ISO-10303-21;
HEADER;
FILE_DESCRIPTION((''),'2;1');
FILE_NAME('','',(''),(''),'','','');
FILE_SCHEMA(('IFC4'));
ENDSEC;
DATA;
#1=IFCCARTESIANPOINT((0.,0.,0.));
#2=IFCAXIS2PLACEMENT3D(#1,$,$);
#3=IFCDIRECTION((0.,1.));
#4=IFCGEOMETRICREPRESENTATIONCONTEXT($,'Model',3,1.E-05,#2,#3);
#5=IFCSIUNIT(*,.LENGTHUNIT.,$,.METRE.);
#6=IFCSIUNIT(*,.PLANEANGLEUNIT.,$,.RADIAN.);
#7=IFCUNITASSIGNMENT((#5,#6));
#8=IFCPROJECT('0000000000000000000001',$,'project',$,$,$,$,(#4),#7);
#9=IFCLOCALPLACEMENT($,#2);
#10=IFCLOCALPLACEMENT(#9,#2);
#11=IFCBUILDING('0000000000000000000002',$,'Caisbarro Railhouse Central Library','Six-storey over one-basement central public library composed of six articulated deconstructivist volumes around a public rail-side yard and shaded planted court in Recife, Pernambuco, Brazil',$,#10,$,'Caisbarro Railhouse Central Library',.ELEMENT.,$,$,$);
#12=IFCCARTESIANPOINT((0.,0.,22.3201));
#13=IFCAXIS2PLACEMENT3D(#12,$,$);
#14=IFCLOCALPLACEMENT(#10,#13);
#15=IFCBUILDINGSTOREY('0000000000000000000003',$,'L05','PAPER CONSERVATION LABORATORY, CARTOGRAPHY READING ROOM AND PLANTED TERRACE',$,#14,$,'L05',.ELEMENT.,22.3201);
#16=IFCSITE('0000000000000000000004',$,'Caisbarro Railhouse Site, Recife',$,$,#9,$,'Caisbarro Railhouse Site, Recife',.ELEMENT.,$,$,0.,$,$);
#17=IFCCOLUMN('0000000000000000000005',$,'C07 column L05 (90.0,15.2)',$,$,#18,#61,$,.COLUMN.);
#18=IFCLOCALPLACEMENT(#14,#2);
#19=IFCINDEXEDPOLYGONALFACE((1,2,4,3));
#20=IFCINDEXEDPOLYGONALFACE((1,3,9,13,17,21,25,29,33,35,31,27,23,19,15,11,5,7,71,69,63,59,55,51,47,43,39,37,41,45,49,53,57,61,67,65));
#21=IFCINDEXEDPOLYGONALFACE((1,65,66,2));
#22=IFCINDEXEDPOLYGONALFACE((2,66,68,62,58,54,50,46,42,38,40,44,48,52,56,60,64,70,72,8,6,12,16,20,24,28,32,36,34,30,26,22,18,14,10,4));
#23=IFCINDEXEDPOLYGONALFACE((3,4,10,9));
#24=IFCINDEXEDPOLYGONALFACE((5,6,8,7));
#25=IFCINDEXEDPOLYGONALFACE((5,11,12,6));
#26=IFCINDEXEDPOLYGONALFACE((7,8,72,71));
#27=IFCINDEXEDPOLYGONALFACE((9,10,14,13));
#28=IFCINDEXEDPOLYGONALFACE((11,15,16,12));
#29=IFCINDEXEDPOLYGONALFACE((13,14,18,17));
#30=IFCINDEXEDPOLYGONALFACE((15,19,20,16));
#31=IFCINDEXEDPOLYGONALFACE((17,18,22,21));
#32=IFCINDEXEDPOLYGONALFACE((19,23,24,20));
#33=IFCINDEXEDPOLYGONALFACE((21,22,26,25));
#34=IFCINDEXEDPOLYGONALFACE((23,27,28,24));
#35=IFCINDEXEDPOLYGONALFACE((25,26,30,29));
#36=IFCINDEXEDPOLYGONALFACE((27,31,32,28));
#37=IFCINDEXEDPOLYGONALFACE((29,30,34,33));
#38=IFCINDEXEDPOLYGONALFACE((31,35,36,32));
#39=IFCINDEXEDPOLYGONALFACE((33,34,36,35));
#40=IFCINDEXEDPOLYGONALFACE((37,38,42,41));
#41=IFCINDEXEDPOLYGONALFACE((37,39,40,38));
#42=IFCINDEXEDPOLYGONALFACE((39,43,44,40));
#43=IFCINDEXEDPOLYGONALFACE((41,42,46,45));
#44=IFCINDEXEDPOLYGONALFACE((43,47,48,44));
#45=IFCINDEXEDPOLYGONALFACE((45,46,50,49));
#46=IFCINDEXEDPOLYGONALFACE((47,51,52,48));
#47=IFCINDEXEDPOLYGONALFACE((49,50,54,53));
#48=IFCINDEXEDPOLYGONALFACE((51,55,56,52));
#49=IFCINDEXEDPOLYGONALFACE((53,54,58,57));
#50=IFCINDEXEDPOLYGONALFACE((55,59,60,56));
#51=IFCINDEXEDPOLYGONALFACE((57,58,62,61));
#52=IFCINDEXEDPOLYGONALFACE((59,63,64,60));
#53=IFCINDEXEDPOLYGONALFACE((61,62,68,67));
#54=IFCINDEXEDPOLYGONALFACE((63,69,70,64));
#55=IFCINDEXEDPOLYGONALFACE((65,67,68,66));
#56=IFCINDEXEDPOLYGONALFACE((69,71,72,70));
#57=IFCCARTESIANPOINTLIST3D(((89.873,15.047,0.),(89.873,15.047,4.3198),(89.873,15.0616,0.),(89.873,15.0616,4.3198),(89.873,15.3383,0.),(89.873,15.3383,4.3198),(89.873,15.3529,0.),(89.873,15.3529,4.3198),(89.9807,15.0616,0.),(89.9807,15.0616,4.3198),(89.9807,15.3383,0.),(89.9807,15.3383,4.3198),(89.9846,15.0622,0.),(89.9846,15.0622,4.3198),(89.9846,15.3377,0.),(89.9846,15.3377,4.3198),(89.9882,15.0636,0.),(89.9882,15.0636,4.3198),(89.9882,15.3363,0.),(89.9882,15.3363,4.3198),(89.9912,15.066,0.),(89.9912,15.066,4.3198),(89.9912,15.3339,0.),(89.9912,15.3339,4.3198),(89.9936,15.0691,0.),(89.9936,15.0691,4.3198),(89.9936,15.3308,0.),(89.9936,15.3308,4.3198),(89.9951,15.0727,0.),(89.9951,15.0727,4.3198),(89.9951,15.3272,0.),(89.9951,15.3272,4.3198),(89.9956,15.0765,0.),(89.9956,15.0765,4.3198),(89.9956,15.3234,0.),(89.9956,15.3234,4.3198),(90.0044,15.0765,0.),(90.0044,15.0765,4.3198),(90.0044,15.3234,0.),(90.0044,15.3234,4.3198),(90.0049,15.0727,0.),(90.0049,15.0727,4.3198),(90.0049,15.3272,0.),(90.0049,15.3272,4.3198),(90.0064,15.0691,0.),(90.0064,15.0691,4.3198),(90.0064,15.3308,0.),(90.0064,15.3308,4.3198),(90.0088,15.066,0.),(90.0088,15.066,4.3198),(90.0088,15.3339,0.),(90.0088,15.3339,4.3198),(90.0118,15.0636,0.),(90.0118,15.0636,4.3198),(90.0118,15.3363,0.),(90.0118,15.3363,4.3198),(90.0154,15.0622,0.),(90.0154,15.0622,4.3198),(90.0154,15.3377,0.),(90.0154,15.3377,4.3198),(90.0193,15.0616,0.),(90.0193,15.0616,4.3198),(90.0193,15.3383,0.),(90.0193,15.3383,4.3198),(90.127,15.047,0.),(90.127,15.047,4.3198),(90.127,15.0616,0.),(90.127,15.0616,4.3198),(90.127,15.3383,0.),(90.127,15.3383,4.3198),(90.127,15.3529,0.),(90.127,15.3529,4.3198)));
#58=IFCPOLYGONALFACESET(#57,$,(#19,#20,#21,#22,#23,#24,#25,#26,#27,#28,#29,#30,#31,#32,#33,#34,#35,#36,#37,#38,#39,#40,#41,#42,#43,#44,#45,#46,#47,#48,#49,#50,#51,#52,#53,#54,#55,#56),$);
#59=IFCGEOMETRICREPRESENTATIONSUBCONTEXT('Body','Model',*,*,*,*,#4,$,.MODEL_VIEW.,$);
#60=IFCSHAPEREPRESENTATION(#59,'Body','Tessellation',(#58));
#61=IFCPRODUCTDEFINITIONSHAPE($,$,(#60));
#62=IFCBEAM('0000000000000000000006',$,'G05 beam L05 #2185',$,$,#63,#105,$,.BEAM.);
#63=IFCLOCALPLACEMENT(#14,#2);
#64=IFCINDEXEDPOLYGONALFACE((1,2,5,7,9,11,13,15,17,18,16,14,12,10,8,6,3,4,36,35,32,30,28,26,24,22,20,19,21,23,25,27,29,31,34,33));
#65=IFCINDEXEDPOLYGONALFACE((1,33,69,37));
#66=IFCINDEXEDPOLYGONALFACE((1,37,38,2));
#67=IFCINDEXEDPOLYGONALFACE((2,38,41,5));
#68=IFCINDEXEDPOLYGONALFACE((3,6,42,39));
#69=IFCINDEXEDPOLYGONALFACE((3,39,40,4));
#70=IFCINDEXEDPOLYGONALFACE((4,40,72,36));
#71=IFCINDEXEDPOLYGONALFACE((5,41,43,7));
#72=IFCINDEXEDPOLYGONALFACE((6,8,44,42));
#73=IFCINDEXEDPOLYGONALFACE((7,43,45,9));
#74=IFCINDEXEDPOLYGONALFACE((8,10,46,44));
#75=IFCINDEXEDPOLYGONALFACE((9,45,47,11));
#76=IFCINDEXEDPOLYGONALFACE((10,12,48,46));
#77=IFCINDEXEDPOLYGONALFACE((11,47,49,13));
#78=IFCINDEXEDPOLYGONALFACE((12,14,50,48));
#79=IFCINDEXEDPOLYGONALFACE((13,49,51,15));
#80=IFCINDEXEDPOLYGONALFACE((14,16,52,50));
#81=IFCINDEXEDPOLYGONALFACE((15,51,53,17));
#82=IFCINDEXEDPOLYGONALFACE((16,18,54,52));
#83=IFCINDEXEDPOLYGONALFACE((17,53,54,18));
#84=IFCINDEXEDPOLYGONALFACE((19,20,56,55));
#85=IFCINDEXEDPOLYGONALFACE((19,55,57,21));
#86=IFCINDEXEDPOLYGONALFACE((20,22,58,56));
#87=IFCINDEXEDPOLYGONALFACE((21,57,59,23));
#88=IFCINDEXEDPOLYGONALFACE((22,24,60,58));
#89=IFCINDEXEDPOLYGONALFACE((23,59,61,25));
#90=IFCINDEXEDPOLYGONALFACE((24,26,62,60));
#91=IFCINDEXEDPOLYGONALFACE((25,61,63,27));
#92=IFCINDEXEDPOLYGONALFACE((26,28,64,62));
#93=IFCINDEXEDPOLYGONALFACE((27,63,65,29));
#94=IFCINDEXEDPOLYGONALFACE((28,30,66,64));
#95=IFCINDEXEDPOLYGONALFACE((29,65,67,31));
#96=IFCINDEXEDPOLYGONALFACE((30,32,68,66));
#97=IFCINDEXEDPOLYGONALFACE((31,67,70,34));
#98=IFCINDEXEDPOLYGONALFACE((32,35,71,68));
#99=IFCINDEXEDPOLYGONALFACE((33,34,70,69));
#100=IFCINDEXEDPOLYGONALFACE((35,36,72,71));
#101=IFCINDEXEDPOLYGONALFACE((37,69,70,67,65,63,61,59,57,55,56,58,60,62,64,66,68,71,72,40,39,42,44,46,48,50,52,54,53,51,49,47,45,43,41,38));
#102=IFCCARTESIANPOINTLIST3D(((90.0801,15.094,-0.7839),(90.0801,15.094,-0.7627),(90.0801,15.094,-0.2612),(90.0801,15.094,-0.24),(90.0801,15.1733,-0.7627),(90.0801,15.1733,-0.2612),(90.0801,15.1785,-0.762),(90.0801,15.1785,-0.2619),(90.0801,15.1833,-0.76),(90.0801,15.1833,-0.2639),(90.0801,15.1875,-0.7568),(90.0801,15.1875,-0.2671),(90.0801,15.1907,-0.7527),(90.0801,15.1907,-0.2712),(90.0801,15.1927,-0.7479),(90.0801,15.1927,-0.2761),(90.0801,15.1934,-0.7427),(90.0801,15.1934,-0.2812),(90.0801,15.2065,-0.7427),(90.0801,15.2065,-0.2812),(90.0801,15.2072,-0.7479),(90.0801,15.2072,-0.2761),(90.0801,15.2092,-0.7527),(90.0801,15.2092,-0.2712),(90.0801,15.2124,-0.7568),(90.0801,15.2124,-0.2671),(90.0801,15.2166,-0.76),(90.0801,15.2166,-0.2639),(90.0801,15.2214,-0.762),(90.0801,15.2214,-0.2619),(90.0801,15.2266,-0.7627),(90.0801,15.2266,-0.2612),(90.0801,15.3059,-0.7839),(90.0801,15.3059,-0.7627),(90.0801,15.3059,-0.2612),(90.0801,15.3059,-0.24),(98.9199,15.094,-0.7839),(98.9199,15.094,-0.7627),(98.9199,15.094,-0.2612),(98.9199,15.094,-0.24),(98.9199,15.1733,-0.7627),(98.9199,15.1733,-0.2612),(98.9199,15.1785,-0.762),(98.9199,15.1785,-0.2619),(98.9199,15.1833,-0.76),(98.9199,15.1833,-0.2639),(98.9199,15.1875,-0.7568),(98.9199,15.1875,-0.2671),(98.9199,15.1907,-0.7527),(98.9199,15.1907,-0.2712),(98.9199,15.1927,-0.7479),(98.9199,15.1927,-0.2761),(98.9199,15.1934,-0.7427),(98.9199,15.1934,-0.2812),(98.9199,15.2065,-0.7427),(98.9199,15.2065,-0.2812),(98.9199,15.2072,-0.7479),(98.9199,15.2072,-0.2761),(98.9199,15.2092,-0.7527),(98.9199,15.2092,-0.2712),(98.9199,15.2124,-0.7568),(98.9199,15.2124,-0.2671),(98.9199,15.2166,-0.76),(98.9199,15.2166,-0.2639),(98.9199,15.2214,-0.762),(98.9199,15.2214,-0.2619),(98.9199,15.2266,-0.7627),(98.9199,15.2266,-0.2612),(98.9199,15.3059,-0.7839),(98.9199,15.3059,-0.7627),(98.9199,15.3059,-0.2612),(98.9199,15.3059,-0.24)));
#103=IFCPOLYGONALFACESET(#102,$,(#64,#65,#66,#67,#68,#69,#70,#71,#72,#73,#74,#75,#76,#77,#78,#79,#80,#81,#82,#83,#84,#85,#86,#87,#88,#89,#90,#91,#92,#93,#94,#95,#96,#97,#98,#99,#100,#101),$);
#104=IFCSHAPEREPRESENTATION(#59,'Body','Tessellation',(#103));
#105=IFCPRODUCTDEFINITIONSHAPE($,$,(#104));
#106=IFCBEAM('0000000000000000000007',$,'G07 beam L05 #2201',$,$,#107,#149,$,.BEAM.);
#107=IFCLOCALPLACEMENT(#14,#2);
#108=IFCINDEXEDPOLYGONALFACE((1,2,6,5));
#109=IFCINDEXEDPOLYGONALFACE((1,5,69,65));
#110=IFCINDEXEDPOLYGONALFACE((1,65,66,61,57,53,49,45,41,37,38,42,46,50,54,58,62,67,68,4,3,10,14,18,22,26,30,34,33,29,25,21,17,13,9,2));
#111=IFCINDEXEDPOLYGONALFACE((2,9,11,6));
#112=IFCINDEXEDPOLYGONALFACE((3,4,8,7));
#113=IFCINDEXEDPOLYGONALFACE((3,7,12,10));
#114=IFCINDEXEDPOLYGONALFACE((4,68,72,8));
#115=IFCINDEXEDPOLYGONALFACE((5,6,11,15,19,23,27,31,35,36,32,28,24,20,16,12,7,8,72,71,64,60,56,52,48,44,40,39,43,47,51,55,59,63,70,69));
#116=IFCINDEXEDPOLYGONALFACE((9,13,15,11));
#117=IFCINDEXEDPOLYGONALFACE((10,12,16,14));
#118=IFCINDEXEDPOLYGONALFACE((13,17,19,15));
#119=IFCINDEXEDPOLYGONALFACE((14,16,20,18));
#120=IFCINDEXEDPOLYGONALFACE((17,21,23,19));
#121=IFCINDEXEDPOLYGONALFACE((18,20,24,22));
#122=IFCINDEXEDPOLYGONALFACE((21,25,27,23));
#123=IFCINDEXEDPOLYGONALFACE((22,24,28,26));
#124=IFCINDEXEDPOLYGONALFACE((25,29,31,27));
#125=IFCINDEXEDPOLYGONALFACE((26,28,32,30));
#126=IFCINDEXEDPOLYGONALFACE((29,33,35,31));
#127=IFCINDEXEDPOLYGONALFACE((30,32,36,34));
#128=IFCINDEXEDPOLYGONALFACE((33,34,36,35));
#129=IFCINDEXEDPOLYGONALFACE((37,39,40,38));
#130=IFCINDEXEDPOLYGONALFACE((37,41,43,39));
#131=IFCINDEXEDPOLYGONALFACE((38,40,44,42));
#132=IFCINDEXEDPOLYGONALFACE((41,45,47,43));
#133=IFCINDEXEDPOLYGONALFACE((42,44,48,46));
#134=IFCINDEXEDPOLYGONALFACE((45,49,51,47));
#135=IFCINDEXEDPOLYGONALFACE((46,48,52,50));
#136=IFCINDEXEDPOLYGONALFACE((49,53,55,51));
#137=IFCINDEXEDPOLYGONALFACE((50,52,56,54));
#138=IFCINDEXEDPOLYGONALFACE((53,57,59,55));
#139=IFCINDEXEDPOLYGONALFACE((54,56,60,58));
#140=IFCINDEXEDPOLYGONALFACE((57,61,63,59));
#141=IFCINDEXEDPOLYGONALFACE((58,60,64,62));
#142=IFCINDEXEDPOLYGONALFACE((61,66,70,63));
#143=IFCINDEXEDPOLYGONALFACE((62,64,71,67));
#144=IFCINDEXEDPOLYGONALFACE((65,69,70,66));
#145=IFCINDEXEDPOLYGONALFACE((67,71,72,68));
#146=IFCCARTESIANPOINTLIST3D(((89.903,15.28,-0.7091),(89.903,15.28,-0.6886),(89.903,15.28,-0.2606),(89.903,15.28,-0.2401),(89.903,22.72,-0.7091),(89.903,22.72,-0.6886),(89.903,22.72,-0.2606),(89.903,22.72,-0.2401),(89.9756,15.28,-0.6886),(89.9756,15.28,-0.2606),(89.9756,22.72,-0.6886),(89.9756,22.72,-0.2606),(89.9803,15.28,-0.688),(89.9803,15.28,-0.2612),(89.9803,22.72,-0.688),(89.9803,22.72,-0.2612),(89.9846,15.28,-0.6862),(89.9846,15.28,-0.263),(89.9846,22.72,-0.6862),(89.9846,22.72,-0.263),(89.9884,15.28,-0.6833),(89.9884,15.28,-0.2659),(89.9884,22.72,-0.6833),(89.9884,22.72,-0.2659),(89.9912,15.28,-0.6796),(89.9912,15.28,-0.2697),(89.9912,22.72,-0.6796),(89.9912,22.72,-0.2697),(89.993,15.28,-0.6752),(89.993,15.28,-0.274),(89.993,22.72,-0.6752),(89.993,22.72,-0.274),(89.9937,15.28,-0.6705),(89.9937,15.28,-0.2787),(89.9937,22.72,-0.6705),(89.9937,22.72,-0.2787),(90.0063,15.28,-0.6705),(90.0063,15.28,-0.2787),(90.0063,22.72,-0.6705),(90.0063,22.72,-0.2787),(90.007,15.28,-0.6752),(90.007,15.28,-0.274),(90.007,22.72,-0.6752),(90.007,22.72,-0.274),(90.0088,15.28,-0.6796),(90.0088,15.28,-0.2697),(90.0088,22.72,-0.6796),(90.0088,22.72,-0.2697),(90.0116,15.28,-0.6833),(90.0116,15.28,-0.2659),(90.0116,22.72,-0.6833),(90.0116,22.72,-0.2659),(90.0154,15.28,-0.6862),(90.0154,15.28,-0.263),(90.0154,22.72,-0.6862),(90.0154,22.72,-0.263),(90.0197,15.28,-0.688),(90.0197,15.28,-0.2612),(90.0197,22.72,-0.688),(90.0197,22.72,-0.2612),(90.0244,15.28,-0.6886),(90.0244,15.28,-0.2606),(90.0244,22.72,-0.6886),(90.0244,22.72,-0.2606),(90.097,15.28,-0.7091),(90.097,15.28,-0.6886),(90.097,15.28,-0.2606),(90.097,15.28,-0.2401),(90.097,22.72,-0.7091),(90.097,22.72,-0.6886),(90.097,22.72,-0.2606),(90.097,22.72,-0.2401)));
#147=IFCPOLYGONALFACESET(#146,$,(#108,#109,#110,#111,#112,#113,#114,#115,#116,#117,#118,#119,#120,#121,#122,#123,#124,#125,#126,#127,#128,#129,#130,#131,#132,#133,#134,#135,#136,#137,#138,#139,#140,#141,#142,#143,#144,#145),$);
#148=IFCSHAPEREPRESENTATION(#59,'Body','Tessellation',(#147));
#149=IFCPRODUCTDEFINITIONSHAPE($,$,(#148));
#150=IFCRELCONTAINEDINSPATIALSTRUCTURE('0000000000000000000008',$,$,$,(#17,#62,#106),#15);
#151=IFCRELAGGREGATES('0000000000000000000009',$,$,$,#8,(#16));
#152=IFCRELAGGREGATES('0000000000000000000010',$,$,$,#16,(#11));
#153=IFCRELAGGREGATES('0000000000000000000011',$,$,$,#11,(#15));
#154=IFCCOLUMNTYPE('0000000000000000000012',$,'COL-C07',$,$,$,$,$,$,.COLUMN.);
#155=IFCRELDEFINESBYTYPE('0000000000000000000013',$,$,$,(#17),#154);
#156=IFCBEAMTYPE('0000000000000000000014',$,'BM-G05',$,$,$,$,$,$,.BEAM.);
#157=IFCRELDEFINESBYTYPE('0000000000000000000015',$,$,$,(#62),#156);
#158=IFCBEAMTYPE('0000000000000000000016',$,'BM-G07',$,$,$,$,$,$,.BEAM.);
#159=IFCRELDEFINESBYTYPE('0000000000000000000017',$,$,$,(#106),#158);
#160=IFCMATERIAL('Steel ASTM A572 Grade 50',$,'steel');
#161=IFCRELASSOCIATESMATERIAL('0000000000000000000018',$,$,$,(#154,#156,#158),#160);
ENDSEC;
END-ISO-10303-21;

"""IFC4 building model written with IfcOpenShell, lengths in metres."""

from ifc_helpers import new_model, si_unit, direction, frame, origin, origin_2d, place, context, subcontext, project, spatial, i_section, extrude, material, material_profile, profile_set, type_object, element, save


model = new_model("IFC4")

# Units and contexts
model_context = context("Model", 3, precision=1e-05, world=origin(), true_north=direction((0.0, 1.0)))
body_context = subcontext(model_context, "Body", "Model", "MODEL_VIEW")
ifc_project = project(units=[si_unit("LENGTHUNIT", "METRE"), si_unit("PLANEANGLEUNIT", "RADIAN")], contexts=[model_context])

# Site, building, storey
site_placement = place(None, origin())
site = spatial("IfcSite", under=ifc_project, at=site_placement, Name="Caisbarro Railhouse Site, Recife", LongName="Caisbarro Railhouse Site, Recife", CompositionType="ELEMENT", RefElevation=0.0)
building_placement = place(site_placement, origin())
building = spatial("IfcBuilding", under=site, at=building_placement, Name="Caisbarro Railhouse Central Library", Description="Six-storey over one-basement central public library composed of six articulated deconstructivist volumes around a public rail-side yard and shaded planted court in Recife, Pernambuco, Brazil", LongName="Caisbarro Railhouse Central Library", CompositionType="ELEMENT")
storey_placement = place(building_placement, frame((0.0, 0.0, 22.3201)))
storey = spatial("IfcBuildingStorey", under=building, at=storey_placement, Name="L05", Description="PAPER CONSERVATION LABORATORY, CARTOGRAPHY READING ROOM AND PLANTED TERRACE", LongName="L05", CompositionType="ELEMENT", Elevation=22.3201)

# Column
ifc_material_1 = material(Name="Steel ASTM A572 Grade 50", Category="steel")
ifc_material_profile_1 = material_profile(ifc_material_1, i_section(OverallWidth=0.2539, OverallDepth=0.3059, WebThickness=0.0088, FlangeThickness=0.0146, FilletRadius=0.0149, at=origin_2d()), Name="W310X79.0")
ifc_profile_set_1 = profile_set([ifc_material_profile_1], Name="Steel ASTM A572 Grade 50")
column_type = type_object("IfcColumnType", Name="COL-C07", PredefinedType="COLUMN", material=ifc_profile_set_1)
column_placement = place(storey_placement, frame((90.0, 15.2, 0.0), z_axis=(0.0, 0.0, 1.0), x_axis=(1.0, 0.0, 0.0)))
element("IfcColumn", 1, at=column_placement, inside=storey, type_object=column_type, Name="C07 column L05 (90.0,15.2)", PredefinedType="COLUMN", context=body_context, shape_type="SweptSolid", body=[
    extrude(i_section(OverallWidth=0.2539, OverallDepth=0.3059, WebThickness=0.0088, FlangeThickness=0.0146, FilletRadius=0.0149, at=origin_2d()), origin(), (0.0, 0.0, 1.0), 4.3198),
])

# Beams
ifc_material_profile_2 = material_profile(ifc_material_1, i_section(OverallWidth=0.2119, OverallDepth=0.5439, WebThickness=0.0132, FlangeThickness=0.0212, FilletRadius=0.02, at=origin_2d()), Name="W530X123.0")
ifc_profile_set_2 = profile_set([ifc_material_profile_2], Name="Steel ASTM A572 Grade 50")
beam_type_1 = type_object("IfcBeamType", Name="BM-G05", PredefinedType="BEAM", material=ifc_profile_set_2)
beam_1_placement = place(storey_placement, frame((90.0801, 15.2, -0.512), z_axis=(1.0, 0.0, 0.0), x_axis=(0.0, 1.0, 0.0)))
element("IfcBeam", 2, at=beam_1_placement, inside=storey, type_object=beam_type_1, Name="G05 beam L05 #2185", PredefinedType="BEAM", context=body_context, shape_type="SweptSolid", body=[
    extrude(i_section(OverallWidth=0.2119, OverallDepth=0.5439, WebThickness=0.0132, FlangeThickness=0.0212, FilletRadius=0.02, at=origin_2d()), origin(), (0.0, 0.0, 1.0), 8.8398),
])
ifc_material_profile_3 = material_profile(ifc_material_1, i_section(OverallWidth=0.1941, OverallDepth=0.469, WebThickness=0.0127, FlangeThickness=0.0205, FilletRadius=0.0181, at=origin_2d()), Name="W460X106.0")
ifc_profile_set_3 = profile_set([ifc_material_profile_3], Name="Steel ASTM A572 Grade 50")
beam_type_2 = type_object("IfcBeamType", Name="BM-G07", PredefinedType="BEAM", material=ifc_profile_set_3)
beam_2_placement = place(storey_placement, frame((90.0, 15.28, -0.4746), z_axis=(0.0, 1.0, 0.0), x_axis=(-1.0, 0.0, 0.0)))
element("IfcBeam", 3, at=beam_2_placement, inside=storey, type_object=beam_type_2, Name="G07 beam L05 #2201", PredefinedType="BEAM", context=body_context, shape_type="SweptSolid", body=[
    extrude(i_section(OverallWidth=0.1941, OverallDepth=0.469, WebThickness=0.0127, FlangeThickness=0.0205, FilletRadius=0.0181, at=origin_2d()), origin(), (0.0, 0.0, 1.0), 7.4399),
])

save(model, "model.ifc")
